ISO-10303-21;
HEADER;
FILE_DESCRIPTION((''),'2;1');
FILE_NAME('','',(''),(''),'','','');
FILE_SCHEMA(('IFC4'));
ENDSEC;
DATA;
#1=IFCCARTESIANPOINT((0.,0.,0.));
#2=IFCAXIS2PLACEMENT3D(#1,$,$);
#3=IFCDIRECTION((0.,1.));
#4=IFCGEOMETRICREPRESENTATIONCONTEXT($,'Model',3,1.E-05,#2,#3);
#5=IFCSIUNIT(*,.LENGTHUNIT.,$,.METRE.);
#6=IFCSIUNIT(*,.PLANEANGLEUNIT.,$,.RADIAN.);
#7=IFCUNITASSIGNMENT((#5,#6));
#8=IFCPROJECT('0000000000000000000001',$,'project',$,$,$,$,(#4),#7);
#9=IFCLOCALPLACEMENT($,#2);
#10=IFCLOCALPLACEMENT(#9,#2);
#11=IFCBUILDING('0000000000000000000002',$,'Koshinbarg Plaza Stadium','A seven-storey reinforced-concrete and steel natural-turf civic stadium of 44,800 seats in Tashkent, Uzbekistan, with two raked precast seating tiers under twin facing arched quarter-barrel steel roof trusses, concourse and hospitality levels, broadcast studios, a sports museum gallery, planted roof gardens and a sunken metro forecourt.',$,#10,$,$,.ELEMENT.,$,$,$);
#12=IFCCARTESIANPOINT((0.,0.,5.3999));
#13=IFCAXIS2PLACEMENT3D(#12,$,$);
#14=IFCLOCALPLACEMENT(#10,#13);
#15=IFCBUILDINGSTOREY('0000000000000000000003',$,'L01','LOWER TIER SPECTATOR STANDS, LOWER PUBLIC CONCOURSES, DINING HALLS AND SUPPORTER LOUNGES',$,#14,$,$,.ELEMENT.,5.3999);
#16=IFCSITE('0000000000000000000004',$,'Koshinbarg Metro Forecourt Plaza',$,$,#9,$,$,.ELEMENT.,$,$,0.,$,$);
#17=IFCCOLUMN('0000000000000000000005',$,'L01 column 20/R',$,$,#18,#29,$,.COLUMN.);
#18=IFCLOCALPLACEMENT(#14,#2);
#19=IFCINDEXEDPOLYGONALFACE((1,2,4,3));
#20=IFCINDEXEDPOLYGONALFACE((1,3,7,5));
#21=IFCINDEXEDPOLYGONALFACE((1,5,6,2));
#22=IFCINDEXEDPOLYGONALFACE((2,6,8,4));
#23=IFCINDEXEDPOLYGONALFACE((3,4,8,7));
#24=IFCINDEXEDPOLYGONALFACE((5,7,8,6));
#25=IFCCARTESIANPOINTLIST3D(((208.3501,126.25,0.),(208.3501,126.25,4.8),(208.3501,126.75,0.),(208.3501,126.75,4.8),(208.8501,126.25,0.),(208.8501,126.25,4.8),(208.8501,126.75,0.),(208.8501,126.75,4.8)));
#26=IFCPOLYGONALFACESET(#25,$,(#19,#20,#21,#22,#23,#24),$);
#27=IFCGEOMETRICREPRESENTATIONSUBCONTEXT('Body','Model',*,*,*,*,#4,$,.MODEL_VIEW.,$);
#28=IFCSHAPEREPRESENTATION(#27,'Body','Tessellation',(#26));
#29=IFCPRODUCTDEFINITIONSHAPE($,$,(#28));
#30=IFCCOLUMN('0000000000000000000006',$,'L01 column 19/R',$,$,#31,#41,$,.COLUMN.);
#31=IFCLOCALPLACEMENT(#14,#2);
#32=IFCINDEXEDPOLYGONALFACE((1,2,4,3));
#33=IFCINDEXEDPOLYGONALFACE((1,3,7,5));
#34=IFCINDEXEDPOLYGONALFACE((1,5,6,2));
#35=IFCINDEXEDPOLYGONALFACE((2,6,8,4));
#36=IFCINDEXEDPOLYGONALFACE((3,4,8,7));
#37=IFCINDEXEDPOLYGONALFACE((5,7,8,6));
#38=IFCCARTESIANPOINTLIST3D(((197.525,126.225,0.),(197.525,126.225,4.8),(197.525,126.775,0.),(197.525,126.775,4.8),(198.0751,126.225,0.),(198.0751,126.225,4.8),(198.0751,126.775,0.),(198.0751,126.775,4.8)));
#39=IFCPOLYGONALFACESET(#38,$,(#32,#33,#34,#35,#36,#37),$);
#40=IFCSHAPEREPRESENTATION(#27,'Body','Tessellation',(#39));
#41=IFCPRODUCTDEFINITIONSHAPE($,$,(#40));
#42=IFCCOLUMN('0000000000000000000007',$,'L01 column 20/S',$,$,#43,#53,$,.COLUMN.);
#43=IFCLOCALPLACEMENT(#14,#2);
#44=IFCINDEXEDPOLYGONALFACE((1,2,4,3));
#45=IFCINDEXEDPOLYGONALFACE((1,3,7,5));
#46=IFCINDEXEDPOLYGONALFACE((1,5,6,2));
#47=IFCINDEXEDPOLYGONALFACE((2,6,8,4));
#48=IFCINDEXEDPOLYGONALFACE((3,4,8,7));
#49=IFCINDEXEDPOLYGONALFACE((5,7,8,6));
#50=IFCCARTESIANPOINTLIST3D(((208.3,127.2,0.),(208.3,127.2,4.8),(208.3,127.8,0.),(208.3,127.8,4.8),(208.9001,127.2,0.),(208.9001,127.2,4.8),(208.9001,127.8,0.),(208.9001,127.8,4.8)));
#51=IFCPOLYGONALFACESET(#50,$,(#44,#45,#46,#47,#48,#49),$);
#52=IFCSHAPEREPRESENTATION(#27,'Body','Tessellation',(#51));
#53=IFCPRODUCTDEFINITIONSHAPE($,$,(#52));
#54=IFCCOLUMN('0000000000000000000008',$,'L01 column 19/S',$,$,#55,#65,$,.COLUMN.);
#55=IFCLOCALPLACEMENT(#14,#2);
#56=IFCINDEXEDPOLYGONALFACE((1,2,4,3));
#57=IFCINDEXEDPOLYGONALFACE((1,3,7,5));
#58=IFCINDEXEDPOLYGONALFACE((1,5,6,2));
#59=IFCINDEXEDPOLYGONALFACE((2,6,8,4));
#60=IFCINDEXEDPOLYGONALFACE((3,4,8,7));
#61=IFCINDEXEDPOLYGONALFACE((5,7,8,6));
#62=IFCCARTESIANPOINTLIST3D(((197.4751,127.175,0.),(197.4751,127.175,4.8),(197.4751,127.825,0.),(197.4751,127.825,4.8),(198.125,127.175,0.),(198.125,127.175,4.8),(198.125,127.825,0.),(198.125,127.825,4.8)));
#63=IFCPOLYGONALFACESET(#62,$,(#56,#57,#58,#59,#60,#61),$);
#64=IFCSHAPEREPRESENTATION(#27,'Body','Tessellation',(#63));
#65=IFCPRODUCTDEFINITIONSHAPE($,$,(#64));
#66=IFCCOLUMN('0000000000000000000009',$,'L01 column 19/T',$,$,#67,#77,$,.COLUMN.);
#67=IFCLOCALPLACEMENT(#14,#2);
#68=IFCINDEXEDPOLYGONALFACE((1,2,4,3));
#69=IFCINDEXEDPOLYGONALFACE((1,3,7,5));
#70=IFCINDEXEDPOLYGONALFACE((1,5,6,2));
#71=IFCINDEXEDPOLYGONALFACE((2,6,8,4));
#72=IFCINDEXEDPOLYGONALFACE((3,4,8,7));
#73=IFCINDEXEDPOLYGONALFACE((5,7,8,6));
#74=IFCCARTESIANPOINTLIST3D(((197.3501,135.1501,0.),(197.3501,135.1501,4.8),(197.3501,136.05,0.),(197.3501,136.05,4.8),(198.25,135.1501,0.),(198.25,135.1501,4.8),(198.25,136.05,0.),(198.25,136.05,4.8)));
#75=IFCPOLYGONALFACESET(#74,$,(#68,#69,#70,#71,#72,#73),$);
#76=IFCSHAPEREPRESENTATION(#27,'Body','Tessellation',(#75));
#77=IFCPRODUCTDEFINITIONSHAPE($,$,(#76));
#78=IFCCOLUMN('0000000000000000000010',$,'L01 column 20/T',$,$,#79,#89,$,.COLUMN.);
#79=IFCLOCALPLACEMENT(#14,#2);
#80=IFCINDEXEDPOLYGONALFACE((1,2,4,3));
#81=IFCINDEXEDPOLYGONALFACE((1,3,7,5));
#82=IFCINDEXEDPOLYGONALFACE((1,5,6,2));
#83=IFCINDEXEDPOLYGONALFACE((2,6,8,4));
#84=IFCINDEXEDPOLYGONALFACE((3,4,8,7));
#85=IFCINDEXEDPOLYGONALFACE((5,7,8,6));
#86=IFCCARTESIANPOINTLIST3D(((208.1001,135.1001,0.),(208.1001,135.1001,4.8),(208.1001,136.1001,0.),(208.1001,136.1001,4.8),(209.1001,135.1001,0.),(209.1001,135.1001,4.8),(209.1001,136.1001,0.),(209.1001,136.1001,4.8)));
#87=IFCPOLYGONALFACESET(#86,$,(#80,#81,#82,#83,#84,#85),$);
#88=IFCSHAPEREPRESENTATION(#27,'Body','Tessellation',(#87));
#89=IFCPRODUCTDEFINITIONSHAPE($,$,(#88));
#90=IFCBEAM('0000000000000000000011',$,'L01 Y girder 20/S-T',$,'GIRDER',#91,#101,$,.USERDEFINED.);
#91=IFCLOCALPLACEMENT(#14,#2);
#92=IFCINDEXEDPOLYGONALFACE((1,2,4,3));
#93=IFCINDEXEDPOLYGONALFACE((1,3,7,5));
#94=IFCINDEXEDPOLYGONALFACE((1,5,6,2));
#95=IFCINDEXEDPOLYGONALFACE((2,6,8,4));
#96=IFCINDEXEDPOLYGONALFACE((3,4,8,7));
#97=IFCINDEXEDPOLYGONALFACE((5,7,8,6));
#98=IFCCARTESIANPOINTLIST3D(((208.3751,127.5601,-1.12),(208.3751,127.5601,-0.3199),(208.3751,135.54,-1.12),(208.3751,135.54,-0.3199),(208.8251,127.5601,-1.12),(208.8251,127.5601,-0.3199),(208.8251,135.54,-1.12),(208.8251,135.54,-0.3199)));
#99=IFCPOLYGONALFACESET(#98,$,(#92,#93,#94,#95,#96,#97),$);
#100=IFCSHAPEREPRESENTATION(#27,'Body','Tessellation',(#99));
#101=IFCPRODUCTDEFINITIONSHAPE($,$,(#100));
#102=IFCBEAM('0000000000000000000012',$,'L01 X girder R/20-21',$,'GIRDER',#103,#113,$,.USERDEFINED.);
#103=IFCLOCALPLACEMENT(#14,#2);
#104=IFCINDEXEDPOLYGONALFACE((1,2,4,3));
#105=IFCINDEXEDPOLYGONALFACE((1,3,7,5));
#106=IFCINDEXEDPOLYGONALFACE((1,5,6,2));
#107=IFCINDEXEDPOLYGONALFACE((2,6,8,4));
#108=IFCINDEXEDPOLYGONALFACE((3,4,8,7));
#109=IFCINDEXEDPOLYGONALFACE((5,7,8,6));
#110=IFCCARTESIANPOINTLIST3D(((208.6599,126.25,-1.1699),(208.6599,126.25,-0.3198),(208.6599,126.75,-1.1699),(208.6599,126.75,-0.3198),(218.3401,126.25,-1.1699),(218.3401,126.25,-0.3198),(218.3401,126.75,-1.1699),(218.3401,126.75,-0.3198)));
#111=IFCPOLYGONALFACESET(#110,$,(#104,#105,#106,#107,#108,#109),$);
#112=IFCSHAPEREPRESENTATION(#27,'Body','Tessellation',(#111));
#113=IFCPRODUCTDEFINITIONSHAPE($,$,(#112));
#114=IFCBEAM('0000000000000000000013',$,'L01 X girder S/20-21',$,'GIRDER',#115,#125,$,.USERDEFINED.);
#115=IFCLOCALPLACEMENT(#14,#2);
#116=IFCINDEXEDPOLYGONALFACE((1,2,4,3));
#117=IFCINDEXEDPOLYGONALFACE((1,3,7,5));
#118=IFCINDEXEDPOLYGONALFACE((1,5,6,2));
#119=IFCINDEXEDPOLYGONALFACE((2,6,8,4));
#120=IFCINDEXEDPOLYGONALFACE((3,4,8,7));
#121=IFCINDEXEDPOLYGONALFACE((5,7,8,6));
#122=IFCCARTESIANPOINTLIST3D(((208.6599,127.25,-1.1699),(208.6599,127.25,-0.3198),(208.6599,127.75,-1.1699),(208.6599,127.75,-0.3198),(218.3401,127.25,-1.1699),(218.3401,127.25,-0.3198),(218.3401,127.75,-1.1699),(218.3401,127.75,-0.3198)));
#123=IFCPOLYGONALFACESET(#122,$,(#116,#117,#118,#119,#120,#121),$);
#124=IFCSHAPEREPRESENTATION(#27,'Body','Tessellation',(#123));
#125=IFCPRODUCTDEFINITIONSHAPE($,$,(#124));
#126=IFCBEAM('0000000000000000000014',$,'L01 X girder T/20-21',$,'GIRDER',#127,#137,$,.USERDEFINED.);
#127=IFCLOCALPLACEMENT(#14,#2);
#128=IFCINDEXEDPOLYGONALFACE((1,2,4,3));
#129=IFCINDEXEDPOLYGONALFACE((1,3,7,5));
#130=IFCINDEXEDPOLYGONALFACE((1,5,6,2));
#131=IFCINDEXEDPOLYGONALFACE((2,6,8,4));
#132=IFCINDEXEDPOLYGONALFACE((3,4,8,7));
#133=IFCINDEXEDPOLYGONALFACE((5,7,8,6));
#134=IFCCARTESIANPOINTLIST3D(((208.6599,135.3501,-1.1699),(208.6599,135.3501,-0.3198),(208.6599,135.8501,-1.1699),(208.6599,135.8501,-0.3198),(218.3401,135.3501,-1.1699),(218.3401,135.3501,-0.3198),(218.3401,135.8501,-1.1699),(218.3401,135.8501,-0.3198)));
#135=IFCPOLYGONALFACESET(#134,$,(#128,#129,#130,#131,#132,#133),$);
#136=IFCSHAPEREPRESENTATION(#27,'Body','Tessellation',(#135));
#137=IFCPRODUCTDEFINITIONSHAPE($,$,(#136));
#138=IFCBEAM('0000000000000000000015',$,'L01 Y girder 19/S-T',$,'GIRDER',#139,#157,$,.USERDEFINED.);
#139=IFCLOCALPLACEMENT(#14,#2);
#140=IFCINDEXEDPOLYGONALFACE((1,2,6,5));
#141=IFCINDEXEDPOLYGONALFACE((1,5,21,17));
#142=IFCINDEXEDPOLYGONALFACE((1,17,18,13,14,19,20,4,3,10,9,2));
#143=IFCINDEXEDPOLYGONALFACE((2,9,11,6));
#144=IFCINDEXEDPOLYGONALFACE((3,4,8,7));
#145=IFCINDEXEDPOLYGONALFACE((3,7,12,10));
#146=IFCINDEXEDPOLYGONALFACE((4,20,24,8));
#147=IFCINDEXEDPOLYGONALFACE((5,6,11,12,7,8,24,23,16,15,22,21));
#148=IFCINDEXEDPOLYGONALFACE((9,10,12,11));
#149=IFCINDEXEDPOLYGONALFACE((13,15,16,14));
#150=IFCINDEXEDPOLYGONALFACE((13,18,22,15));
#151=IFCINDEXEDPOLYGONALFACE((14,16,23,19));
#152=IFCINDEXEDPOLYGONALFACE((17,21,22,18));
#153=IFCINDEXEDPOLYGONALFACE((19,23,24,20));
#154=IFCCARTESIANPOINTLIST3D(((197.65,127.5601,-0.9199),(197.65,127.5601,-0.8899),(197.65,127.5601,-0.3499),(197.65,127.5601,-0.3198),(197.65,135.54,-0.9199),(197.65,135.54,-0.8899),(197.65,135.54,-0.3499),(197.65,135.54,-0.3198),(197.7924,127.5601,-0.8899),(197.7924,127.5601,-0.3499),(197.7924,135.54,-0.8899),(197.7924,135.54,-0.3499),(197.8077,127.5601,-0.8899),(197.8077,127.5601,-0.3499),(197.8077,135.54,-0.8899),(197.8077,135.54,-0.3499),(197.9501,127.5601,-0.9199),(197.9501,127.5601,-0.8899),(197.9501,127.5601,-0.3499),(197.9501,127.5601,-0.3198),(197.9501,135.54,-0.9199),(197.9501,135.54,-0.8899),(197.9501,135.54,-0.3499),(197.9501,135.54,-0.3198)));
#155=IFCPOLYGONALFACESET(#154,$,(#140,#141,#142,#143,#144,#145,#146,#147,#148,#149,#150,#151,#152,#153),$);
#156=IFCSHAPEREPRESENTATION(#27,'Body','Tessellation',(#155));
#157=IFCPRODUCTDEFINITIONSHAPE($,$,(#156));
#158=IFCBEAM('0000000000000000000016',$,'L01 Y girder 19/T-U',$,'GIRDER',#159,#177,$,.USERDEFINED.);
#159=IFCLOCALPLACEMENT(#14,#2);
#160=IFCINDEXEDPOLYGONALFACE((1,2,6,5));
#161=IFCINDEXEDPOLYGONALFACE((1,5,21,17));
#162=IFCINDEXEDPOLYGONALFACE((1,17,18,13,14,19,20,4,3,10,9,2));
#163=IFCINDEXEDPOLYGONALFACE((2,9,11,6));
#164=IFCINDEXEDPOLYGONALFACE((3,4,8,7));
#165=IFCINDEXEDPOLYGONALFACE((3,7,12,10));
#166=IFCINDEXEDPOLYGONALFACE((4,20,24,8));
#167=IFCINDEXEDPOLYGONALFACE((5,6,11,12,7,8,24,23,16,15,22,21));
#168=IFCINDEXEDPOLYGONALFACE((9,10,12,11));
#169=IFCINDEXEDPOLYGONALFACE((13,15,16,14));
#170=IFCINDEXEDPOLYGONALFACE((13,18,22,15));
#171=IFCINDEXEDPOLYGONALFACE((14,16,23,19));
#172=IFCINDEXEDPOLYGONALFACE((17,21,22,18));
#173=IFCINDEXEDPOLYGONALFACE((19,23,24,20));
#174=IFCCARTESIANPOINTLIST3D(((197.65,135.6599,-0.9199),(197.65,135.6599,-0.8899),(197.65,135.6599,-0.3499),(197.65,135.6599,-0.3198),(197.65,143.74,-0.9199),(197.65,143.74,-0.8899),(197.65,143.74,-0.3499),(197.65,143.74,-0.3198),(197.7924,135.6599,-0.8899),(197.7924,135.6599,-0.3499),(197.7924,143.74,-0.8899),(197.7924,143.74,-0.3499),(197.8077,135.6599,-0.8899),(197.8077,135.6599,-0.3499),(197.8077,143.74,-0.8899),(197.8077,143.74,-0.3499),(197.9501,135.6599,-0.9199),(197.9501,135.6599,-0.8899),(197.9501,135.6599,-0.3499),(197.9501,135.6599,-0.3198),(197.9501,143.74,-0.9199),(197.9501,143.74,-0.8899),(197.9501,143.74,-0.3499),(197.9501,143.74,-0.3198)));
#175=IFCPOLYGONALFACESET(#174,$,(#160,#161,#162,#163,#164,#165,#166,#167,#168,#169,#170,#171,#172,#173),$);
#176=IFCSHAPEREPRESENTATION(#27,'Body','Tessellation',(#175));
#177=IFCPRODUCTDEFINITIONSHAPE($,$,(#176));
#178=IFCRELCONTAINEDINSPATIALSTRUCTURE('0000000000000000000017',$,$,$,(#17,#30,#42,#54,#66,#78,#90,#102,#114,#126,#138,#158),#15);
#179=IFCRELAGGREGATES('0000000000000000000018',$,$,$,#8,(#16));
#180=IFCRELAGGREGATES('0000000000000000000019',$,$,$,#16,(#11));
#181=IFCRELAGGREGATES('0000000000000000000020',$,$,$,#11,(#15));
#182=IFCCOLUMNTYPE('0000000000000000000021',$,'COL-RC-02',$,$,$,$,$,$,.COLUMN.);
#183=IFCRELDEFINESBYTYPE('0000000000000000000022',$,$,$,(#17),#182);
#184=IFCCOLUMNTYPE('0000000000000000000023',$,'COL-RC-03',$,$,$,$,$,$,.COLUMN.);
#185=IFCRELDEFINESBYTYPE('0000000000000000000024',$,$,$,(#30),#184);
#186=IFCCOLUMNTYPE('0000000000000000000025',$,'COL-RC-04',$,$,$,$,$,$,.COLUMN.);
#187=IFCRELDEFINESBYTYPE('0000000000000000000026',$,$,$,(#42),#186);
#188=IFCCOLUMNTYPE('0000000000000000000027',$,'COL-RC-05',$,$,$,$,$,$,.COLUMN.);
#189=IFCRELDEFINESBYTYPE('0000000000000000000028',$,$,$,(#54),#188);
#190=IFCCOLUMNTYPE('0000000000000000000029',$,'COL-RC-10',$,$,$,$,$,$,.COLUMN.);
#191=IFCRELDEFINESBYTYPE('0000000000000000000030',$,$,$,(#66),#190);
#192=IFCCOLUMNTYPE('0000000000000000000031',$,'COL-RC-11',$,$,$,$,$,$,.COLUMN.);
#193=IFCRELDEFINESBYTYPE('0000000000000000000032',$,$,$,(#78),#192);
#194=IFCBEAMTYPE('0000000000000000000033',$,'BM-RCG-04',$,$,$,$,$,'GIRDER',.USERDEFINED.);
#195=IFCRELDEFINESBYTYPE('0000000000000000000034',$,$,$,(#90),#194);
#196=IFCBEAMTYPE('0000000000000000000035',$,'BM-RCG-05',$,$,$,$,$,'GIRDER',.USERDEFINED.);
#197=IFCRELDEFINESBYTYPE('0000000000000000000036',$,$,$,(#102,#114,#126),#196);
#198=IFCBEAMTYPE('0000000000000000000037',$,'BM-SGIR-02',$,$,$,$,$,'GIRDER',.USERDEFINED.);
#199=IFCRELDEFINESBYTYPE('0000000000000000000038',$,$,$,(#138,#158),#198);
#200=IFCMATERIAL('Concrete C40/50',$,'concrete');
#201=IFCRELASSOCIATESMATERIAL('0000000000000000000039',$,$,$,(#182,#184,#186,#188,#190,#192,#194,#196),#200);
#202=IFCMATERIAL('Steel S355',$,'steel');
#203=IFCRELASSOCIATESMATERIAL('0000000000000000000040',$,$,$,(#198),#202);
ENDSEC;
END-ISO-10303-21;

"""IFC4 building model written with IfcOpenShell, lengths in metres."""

from ifc_helpers import new_model, si_unit, direction, frame, origin, origin_2d, place, context, subcontext, project, spatial, rectangle, i_section, extrude, material, material_profile, profile_set, type_object, element, save


model = new_model("IFC4")

# Units and contexts
model_context = context("Model", 3, precision=1e-05, world=origin(), true_north=direction((0.0, 1.0)))
body_context = subcontext(model_context, "Body", "Model", "MODEL_VIEW")
ifc_project = project(units=[si_unit("LENGTHUNIT", "METRE"), si_unit("PLANEANGLEUNIT", "RADIAN")], contexts=[model_context])

# Site, building, storey
site_placement = place(None, origin())
site = spatial("IfcSite", under=ifc_project, at=site_placement, Name="Koshinbarg Metro Forecourt Plaza", CompositionType="ELEMENT", RefElevation=0.0)
building_placement = place(site_placement, origin())
building = spatial("IfcBuilding", under=site, at=building_placement, Name="Koshinbarg Plaza Stadium", Description="A seven-storey reinforced-concrete and steel natural-turf civic stadium of 44,800 seats in Tashkent, Uzbekistan, with two raked precast seating tiers under twin facing arched quarter-barrel steel roof trusses, concourse and hospitality levels, broadcast studios, a sports museum gallery, planted roof gardens and a sunken metro forecourt.", CompositionType="ELEMENT")
storey_placement = place(building_placement, frame((0.0, 0.0, 5.3999)))
storey = spatial("IfcBuildingStorey", under=building, at=storey_placement, Name="L01", Description="LOWER TIER SPECTATOR STANDS, LOWER PUBLIC CONCOURSES, DINING HALLS AND SUPPORTER LOUNGES", CompositionType="ELEMENT", Elevation=5.3999)

# Columns
ifc_material_1 = material(Name="Concrete C40/50", Category="concrete")
ifc_material_profile_1 = material_profile(ifc_material_1, rectangle(XDim=0.5, YDim=0.5, at=origin_2d()), Name="RC 500x500")
ifc_profile_set_1 = profile_set([ifc_material_profile_1], Name="Concrete C40/50")
column_type_1 = type_object("IfcColumnType", Name="COL-RC-02", PredefinedType="COLUMN", material=ifc_profile_set_1)
column_1_placement = place(storey_placement, frame((208.6001, 126.5, 0.0), z_axis=(0.0, 0.0, 1.0), x_axis=(1.0, 0.0, 0.0)))
element("IfcColumn", 1, at=column_1_placement, inside=storey, type_object=column_type_1, Name="L01 column 20/R", PredefinedType="COLUMN", context=body_context, shape_type="SweptSolid", body=[
    extrude(rectangle(XDim=0.5, YDim=0.5, at=origin_2d()), origin(), (0.0, 0.0, 1.0), 4.8),
])
ifc_material_profile_2 = material_profile(ifc_material_1, rectangle(XDim=0.55, YDim=0.55, at=origin_2d()), Name="RC 550x550")
ifc_profile_set_2 = profile_set([ifc_material_profile_2], Name="Concrete C40/50")
column_type_2 = type_object("IfcColumnType", Name="COL-RC-03", PredefinedType="COLUMN", material=ifc_profile_set_2)
column_2_placement = place(storey_placement, frame((197.8, 126.5, 0.0), z_axis=(0.0, 0.0, 1.0), x_axis=(1.0, 0.0, 0.0)))
element("IfcColumn", 2, at=column_2_placement, inside=storey, type_object=column_type_2, Name="L01 column 19/R", PredefinedType="COLUMN", context=body_context, shape_type="SweptSolid", body=[
    extrude(rectangle(XDim=0.55, YDim=0.55, at=origin_2d()), origin(), (0.0, 0.0, 1.0), 4.8),
])
ifc_material_profile_3 = material_profile(ifc_material_1, rectangle(XDim=0.6001, YDim=0.6001, at=origin_2d()), Name="RC 600x600")
ifc_profile_set_3 = profile_set([ifc_material_profile_3], Name="Concrete C40/50")
column_type_3 = type_object("IfcColumnType", Name="COL-RC-04", PredefinedType="COLUMN", material=ifc_profile_set_3)
column_3_placement = place(storey_placement, frame((208.6001, 127.5, 0.0), z_axis=(0.0, 0.0, 1.0), x_axis=(1.0, 0.0, 0.0)))
element("IfcColumn", 3, at=column_3_placement, inside=storey, type_object=column_type_3, Name="L01 column 20/S", PredefinedType="COLUMN", context=body_context, shape_type="SweptSolid", body=[
    extrude(rectangle(XDim=0.6001, YDim=0.6001, at=origin_2d()), origin(), (0.0, 0.0, 1.0), 4.8),
])
ifc_material_profile_4 = material_profile(ifc_material_1, rectangle(XDim=0.6499, YDim=0.6499, at=origin_2d()), Name="RC 650x650")
ifc_profile_set_4 = profile_set([ifc_material_profile_4], Name="Concrete C40/50")
column_type_4 = type_object("IfcColumnType", Name="COL-RC-05", PredefinedType="COLUMN", material=ifc_profile_set_4)
column_4_placement = place(storey_placement, frame((197.8, 127.5, 0.0), z_axis=(0.0, 0.0, 1.0), x_axis=(1.0, 0.0, 0.0)))
element("IfcColumn", 4, at=column_4_placement, inside=storey, type_object=column_type_4, Name="L01 column 19/S", PredefinedType="COLUMN", context=body_context, shape_type="SweptSolid", body=[
    extrude(rectangle(XDim=0.6499, YDim=0.6499, at=origin_2d()), origin(), (0.0, 0.0, 1.0), 4.8),
])
ifc_material_profile_5 = material_profile(ifc_material_1, rectangle(XDim=0.8999, YDim=0.8999, at=origin_2d()), Name="RC 900x900")
ifc_profile_set_5 = profile_set([ifc_material_profile_5], Name="Concrete C40/50")
column_type_5 = type_object("IfcColumnType", Name="COL-RC-10", PredefinedType="COLUMN", material=ifc_profile_set_5)
column_5_placement = place(storey_placement, frame((197.8, 135.6001, 0.0), z_axis=(0.0, 0.0, 1.0), x_axis=(1.0, 0.0, 0.0)))
element("IfcColumn", 5, at=column_5_placement, inside=storey, type_object=column_type_5, Name="L01 column 19/T", PredefinedType="COLUMN", context=body_context, shape_type="SweptSolid", body=[
    extrude(rectangle(XDim=0.8999, YDim=0.8999, at=origin_2d()), origin(), (0.0, 0.0, 1.0), 4.8),
])
ifc_material_profile_6 = material_profile(ifc_material_1, rectangle(XDim=1.0, YDim=1.0, at=origin_2d()), Name="RC 1000x1000")
ifc_profile_set_6 = profile_set([ifc_material_profile_6], Name="Concrete C40/50")
column_type_6 = type_object("IfcColumnType", Name="COL-RC-11", PredefinedType="COLUMN", material=ifc_profile_set_6)
column_6_placement = place(storey_placement, frame((208.6001, 135.6001, 0.0), z_axis=(0.0, 0.0, 1.0), x_axis=(1.0, 0.0, 0.0)))
element("IfcColumn", 6, at=column_6_placement, inside=storey, type_object=column_type_6, Name="L01 column 20/T", PredefinedType="COLUMN", context=body_context, shape_type="SweptSolid", body=[
    extrude(rectangle(XDim=1.0, YDim=1.0, at=origin_2d()), origin(), (0.0, 0.0, 1.0), 4.8),
])

# Beams
ifc_material_profile_7 = material_profile(ifc_material_1, rectangle(XDim=0.45, YDim=0.8, at=origin_2d()), Name="RC 450x800")
ifc_profile_set_7 = profile_set([ifc_material_profile_7], Name="Concrete C40/50")
beam_type_1 = type_object("IfcBeamType", Name="BM-RCG-04", ElementType="GIRDER", PredefinedType="USERDEFINED", material=ifc_profile_set_7)
beam_1_placement = place(storey_placement, frame((208.6001, 127.5601, -0.72), z_axis=(0.0, 1.0, 0.0), x_axis=(-1.0, 0.0, 0.0)))
element("IfcBeam", 7, at=beam_1_placement, inside=storey, type_object=beam_type_1, Name="L01 Y girder 20/S-T", ObjectType="GIRDER", PredefinedType="USERDEFINED", context=body_context, shape_type="SweptSolid", body=[
    extrude(rectangle(XDim=0.45, YDim=0.8, at=origin_2d()), origin(), (0.0, 0.0, 1.0), 7.98),
])
ifc_material_profile_8 = material_profile(ifc_material_1, rectangle(XDim=0.5, YDim=0.8501, at=origin_2d()), Name="RC 500x850")
ifc_profile_set_8 = profile_set([ifc_material_profile_8], Name="Concrete C40/50")
beam_type_2 = type_object("IfcBeamType", Name="BM-RCG-05", ElementType="GIRDER", PredefinedType="USERDEFINED", material=ifc_profile_set_8)
for number, where, z_axis, x_axis, name in (
    (8, (208.6599, 126.5, -0.7449), (1.0, 0.0, 0.0), (0.0, 1.0, 0.0), "L01 X girder R/20-21"),
    (9, (208.6599, 127.5, -0.7449), (1.0, 0.0, 0.0), (0.0, 1.0, 0.0), "L01 X girder S/20-21"),
    (10, (208.6599, 135.6001, -0.7449), (1.0, 0.0, 0.0), (0.0, 1.0, 0.0), "L01 X girder T/20-21"),
):
    element("IfcBeam", number, at=place(storey_placement, frame(where, z_axis=z_axis, x_axis=x_axis)), inside=storey, type_object=beam_type_2, Name=name, ObjectType="GIRDER", PredefinedType="USERDEFINED", context=body_context, shape_type="SweptSolid", body=[
        extrude(rectangle(XDim=0.5, YDim=0.8501, at=origin_2d()), origin(), (0.0, 0.0, 1.0), 9.6802),
    ])
ifc_material_2 = material(Name="Steel S355", Category="steel")
ifc_material_profile_9 = material_profile(ifc_material_2, i_section(OverallWidth=0.3, OverallDepth=0.6001, WebThickness=0.0154, FlangeThickness=0.03, at=origin_2d()), Name="HEB 600")
ifc_profile_set_9 = profile_set([ifc_material_profile_9], Name="Steel S355")
beam_type_3 = type_object("IfcBeamType", Name="BM-SGIR-02", ElementType="GIRDER", PredefinedType="USERDEFINED", material=ifc_profile_set_9)
beam_2_placement = place(storey_placement, frame((197.8, 127.5601, -0.6199), z_axis=(0.0, 1.0, 0.0), x_axis=(-1.0, 0.0, 0.0)))
element("IfcBeam", 11, at=beam_2_placement, inside=storey, type_object=beam_type_3, Name="L01 Y girder 19/S-T", ObjectType="GIRDER", PredefinedType="USERDEFINED", context=body_context, shape_type="SweptSolid", body=[
    extrude(i_section(OverallWidth=0.3, OverallDepth=0.6001, WebThickness=0.0154, FlangeThickness=0.03, at=origin_2d()), origin(), (0.0, 0.0, 1.0), 7.98),
])
beam_3_placement = place(storey_placement, frame((197.8, 135.6599, -0.6199), z_axis=(0.0, 1.0, 0.0), x_axis=(-1.0, 0.0, 0.0)))
element("IfcBeam", 12, at=beam_3_placement, inside=storey, type_object=beam_type_3, Name="L01 Y girder 19/T-U", ObjectType="GIRDER", PredefinedType="USERDEFINED", context=body_context, shape_type="SweptSolid", body=[
    extrude(i_section(OverallWidth=0.3, OverallDepth=0.6001, WebThickness=0.0154, FlangeThickness=0.03, at=origin_2d()), origin(), (0.0, 0.0, 1.0), 8.0801),
])

save(model, "model.ifc")
